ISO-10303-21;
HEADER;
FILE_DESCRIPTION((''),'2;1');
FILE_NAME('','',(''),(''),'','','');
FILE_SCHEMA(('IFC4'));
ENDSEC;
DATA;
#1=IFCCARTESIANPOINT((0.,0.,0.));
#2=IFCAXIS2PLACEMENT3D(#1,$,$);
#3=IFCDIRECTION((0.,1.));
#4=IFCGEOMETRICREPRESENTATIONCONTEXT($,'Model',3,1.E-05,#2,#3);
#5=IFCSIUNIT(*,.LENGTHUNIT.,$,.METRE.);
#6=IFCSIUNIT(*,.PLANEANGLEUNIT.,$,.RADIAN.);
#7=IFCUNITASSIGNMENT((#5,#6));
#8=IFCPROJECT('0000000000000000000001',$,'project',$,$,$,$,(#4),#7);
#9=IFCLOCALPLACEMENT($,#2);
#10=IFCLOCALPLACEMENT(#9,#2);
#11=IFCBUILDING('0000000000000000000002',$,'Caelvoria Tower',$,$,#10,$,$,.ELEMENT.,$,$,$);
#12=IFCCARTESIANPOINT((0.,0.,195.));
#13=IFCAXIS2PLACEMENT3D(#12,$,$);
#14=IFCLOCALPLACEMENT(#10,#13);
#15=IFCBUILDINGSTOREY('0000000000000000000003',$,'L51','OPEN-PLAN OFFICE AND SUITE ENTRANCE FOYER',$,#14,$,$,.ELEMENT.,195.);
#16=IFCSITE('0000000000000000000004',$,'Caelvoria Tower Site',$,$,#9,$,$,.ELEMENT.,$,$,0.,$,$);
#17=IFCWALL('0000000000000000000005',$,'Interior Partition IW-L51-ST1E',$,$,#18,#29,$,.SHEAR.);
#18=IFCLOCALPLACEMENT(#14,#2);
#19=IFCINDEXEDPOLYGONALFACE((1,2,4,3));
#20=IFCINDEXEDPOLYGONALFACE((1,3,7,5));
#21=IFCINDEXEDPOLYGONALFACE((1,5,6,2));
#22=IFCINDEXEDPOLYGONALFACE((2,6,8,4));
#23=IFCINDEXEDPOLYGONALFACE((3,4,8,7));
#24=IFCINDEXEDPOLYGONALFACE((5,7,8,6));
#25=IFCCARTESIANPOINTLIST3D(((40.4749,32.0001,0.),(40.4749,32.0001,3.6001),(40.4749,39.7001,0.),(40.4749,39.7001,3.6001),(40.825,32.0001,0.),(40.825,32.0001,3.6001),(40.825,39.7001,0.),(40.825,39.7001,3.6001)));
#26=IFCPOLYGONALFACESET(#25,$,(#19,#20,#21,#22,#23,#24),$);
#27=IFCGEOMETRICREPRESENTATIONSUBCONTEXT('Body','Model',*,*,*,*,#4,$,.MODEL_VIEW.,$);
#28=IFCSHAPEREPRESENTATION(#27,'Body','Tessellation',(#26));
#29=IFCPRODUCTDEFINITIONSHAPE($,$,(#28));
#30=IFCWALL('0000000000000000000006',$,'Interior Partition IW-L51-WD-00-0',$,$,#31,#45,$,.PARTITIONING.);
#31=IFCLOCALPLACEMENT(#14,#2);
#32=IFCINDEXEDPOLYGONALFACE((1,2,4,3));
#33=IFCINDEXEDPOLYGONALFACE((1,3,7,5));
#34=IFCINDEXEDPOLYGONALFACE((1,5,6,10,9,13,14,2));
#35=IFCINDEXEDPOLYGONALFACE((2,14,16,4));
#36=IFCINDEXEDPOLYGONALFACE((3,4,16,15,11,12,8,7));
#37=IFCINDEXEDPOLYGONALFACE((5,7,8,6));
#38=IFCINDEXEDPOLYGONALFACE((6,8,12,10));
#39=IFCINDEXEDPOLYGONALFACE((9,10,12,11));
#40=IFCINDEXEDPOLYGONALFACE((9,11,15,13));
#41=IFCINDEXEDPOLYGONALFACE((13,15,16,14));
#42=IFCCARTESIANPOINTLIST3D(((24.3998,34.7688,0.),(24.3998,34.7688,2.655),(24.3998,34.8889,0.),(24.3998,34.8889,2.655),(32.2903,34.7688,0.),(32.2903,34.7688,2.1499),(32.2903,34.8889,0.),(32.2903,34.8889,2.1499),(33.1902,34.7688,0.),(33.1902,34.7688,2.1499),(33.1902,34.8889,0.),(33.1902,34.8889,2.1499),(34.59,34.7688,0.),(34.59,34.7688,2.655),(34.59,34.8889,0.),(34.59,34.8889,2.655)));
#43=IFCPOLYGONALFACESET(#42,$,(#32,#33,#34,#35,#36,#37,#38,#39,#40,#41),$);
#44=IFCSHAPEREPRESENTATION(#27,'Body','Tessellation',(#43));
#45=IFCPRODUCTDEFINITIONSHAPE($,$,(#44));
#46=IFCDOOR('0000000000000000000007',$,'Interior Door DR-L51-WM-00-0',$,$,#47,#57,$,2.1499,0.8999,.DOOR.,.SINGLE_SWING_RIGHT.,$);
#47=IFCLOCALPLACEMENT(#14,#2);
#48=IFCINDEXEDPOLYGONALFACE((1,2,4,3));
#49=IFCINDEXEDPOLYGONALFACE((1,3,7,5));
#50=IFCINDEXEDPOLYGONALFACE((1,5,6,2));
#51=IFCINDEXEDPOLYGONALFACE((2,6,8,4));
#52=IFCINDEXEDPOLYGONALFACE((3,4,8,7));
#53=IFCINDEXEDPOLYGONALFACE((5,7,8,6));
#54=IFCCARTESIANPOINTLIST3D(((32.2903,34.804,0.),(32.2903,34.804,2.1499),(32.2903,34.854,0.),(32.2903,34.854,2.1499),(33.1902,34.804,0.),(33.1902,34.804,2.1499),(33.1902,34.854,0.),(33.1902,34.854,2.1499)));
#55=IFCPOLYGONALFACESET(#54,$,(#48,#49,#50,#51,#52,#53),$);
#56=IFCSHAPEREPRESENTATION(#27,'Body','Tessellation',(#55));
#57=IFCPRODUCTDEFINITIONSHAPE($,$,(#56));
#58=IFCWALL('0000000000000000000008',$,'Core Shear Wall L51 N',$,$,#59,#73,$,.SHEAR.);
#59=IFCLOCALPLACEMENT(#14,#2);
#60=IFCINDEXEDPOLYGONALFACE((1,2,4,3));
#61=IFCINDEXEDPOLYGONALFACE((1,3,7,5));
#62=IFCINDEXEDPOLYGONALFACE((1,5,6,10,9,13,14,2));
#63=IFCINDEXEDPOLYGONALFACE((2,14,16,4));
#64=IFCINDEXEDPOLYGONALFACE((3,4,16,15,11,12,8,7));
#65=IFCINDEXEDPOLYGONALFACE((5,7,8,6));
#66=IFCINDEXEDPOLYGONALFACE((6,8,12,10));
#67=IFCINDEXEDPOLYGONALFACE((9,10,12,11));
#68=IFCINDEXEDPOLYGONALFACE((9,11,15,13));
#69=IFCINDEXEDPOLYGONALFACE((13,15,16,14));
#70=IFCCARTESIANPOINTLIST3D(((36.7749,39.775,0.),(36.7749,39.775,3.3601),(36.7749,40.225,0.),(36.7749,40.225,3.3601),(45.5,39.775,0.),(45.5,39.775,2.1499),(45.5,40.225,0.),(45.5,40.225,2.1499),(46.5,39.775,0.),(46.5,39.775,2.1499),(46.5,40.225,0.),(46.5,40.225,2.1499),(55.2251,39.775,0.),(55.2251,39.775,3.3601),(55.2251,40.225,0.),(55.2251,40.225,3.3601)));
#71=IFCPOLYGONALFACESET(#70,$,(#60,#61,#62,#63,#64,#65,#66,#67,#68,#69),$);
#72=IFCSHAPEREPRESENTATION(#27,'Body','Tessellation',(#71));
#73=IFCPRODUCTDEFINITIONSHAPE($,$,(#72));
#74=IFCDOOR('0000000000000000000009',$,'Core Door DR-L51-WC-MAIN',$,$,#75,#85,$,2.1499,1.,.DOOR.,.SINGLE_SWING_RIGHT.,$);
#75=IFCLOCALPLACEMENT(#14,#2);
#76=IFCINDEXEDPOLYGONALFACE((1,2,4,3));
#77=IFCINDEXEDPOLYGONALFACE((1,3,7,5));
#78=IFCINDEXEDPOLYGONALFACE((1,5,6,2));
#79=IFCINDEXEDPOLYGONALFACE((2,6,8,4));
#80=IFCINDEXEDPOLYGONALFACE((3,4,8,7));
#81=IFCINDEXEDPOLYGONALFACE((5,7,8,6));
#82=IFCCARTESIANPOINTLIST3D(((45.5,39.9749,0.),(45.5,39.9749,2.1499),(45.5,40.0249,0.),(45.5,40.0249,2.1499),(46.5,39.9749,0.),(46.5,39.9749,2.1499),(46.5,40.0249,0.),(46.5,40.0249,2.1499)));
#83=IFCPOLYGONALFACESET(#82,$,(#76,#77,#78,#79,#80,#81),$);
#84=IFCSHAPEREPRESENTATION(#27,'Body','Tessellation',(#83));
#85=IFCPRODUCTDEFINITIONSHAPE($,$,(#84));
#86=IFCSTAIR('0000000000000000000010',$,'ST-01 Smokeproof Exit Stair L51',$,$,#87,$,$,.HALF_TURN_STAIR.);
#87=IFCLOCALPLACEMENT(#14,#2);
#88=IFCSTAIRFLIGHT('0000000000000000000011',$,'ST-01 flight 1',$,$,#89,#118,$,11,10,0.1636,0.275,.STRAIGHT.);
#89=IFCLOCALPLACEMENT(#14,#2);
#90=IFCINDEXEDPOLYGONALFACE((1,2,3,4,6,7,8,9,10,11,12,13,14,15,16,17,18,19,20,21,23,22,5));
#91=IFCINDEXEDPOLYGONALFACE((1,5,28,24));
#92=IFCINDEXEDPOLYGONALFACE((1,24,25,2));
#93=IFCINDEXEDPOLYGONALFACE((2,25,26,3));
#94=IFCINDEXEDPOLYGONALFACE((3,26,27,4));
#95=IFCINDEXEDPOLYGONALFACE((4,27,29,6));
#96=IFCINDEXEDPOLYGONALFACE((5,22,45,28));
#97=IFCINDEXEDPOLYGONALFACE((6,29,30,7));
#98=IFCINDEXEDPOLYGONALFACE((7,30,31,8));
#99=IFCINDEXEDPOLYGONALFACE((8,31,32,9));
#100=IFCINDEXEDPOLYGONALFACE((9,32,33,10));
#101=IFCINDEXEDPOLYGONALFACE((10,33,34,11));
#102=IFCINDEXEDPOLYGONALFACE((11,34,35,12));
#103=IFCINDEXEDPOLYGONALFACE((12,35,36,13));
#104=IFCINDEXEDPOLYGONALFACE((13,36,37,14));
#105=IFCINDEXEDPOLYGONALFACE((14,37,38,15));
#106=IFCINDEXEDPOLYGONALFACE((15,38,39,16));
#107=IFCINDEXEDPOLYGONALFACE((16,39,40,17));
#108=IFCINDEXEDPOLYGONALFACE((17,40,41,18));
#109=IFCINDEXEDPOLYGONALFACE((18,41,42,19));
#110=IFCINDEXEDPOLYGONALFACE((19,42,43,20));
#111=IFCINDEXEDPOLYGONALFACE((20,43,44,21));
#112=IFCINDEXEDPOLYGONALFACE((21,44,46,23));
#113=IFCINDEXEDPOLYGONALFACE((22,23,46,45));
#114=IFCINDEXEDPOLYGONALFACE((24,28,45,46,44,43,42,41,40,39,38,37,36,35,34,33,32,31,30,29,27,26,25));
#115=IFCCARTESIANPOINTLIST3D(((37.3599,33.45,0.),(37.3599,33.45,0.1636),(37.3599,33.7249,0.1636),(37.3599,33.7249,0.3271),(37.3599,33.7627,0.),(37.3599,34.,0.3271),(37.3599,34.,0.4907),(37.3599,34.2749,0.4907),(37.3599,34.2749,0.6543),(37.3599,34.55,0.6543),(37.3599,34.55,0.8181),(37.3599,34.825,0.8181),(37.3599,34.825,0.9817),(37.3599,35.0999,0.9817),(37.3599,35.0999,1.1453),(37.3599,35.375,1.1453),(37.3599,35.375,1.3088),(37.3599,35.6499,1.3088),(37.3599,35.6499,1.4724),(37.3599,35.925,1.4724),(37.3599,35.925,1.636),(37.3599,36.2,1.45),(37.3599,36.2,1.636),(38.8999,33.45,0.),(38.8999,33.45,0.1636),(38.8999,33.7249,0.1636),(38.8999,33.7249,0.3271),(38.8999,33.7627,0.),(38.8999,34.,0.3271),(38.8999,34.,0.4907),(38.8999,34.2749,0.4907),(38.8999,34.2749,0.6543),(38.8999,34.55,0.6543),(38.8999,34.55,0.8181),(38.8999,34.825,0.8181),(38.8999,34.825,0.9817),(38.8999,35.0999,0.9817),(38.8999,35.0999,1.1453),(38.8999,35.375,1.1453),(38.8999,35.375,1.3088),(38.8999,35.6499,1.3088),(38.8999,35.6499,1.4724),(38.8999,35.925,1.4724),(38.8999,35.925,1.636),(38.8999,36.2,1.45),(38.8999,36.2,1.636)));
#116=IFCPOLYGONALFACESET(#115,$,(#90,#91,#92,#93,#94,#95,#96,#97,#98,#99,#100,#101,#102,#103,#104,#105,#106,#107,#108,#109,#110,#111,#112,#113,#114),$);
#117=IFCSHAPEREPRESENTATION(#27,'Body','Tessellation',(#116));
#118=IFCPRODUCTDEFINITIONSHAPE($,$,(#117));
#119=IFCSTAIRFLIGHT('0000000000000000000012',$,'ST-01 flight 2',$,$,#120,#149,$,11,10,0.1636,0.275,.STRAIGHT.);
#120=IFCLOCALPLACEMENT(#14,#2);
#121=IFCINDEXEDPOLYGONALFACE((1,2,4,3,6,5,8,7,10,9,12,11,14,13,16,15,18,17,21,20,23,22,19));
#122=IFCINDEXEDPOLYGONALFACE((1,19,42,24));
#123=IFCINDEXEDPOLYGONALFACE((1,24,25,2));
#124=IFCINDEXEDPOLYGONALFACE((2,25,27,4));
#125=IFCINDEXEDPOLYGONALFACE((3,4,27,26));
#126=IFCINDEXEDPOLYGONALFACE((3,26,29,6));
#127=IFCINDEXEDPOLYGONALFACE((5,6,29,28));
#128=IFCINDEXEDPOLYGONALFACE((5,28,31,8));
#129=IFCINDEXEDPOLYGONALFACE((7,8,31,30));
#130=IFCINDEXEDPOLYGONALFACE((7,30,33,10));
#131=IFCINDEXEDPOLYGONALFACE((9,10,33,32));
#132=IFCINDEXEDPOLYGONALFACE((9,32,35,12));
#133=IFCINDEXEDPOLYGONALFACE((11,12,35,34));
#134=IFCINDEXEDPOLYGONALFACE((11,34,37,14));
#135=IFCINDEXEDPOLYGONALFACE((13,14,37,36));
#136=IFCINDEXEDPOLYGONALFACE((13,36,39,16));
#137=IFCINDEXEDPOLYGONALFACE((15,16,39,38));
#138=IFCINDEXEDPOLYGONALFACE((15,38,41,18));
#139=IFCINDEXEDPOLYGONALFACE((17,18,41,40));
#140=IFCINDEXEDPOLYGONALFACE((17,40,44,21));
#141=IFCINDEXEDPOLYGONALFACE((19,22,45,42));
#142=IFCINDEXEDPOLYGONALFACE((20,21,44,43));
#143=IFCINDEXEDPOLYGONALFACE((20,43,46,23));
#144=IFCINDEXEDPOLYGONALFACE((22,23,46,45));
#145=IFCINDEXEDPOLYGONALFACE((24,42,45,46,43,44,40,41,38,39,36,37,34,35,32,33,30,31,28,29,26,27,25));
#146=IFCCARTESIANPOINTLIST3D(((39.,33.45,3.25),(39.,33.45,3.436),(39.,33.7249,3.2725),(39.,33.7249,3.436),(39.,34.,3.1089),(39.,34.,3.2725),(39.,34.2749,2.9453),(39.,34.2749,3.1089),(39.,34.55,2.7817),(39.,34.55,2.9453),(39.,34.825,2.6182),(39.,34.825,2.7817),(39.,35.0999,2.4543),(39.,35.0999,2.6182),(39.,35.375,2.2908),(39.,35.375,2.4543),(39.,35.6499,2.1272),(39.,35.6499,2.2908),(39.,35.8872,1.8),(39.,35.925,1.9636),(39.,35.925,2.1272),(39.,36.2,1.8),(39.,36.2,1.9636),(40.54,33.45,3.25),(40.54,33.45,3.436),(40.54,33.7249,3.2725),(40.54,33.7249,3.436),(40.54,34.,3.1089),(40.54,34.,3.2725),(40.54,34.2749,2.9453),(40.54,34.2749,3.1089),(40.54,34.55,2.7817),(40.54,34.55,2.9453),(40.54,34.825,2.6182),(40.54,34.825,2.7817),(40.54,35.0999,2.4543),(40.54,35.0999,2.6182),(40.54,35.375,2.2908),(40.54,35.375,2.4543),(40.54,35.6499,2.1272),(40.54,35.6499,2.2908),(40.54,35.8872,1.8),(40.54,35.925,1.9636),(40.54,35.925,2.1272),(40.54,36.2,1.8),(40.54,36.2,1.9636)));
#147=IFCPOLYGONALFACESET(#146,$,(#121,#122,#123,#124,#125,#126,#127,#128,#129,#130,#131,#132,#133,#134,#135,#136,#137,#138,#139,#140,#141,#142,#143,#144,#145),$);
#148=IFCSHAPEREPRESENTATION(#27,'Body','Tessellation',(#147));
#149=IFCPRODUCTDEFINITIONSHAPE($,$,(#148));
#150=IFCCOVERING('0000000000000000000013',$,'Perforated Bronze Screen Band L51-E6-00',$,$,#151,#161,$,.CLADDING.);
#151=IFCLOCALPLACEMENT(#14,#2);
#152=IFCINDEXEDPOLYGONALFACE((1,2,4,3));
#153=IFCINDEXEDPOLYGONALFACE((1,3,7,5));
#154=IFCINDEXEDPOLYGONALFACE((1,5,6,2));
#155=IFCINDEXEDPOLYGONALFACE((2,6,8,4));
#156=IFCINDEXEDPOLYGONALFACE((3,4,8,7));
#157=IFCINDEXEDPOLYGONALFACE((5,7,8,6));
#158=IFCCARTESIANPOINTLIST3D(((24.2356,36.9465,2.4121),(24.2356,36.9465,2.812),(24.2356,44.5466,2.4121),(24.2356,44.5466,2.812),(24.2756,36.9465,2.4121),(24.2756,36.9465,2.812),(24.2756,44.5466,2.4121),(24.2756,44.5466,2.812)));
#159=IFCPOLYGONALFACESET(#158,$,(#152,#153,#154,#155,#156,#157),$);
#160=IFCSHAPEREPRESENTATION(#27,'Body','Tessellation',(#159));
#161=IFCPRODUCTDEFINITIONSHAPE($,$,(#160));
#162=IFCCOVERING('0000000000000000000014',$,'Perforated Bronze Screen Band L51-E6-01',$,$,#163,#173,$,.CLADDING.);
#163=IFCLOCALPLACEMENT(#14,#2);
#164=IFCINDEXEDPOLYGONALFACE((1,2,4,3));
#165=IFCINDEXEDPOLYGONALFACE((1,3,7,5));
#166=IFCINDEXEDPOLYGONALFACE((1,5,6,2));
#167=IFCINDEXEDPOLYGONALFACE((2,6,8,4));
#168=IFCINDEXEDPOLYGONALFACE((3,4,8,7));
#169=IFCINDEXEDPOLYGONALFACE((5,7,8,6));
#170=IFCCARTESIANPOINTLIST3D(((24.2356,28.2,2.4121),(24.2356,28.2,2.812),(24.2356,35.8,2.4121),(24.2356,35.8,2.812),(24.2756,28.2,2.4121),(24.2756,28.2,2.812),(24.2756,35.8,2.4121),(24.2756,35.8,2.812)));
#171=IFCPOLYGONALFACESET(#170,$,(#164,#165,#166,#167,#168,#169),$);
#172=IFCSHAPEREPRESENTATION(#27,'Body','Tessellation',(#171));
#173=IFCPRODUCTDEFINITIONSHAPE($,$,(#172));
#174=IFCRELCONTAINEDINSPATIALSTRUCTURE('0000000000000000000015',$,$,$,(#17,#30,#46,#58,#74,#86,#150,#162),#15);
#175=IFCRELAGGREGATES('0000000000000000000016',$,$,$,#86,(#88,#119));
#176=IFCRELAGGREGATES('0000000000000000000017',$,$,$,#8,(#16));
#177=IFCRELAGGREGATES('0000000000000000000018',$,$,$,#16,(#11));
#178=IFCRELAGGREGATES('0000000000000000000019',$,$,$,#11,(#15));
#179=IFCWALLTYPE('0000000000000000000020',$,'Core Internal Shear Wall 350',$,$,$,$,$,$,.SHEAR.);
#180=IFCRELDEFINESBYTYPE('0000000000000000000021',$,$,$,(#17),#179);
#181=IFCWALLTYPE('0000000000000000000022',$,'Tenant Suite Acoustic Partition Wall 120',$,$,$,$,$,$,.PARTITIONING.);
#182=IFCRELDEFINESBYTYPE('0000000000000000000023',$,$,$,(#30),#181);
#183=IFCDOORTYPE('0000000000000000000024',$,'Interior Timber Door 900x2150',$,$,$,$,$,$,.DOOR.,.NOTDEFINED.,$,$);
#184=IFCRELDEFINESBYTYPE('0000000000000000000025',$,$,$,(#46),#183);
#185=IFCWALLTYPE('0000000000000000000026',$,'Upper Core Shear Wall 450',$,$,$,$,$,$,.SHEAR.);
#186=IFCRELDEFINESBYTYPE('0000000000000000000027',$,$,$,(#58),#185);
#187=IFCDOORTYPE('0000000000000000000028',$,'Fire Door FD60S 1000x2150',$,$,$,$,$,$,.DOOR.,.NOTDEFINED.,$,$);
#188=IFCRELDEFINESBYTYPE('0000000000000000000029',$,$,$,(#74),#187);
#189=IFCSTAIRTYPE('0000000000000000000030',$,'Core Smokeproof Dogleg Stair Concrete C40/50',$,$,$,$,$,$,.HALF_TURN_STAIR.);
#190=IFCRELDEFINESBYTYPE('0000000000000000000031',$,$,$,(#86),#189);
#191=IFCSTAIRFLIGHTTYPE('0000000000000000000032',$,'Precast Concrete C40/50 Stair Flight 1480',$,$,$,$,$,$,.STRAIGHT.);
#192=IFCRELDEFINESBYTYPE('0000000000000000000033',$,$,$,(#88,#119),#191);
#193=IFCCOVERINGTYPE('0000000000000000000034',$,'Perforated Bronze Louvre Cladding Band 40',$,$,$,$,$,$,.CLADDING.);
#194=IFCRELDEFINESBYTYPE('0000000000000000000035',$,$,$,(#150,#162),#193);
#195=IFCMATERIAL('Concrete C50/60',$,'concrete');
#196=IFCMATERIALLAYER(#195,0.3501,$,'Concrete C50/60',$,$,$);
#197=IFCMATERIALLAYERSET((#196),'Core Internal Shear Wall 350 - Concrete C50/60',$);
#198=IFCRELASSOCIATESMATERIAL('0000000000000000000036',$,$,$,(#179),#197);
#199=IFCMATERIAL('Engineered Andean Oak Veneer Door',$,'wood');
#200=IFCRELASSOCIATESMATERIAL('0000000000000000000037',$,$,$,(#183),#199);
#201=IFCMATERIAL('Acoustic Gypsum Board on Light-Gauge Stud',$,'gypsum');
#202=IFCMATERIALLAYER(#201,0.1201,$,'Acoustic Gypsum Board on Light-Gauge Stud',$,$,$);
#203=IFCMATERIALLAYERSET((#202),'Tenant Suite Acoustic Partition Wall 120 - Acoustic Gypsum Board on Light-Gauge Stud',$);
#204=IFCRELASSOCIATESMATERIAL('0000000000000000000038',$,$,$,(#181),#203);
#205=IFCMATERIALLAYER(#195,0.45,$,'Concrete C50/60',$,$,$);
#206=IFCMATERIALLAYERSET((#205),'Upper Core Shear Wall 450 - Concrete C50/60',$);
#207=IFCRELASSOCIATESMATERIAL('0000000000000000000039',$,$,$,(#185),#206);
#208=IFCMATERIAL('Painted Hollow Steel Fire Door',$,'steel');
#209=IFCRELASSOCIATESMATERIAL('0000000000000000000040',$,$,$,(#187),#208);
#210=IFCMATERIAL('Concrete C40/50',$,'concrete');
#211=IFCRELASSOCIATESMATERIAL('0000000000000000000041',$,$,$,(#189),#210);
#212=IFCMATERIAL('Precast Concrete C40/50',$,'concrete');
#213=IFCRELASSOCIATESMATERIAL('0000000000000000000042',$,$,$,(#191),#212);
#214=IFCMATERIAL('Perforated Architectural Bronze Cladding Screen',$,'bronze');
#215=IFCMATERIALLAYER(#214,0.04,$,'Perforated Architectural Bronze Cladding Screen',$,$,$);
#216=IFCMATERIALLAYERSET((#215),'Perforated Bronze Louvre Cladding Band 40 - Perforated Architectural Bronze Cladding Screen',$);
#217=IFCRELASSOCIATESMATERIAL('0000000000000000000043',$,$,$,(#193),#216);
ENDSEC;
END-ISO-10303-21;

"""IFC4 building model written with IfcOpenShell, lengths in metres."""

from ifc_helpers import new_model, si_unit, direction, frame, frame_2d, origin, origin_2d, place, context, subcontext, project, spatial, polyline, rectangle, outline, extrude, material, layer, layer_set, type_object, element, fill, aggregate, save


model = new_model("IFC4")

# Units and contexts
model_context = context("Model", 3, precision=1e-05, world=origin(), true_north=direction((0.0, 1.0)))
body_context = subcontext(model_context, "Body", "Model", "MODEL_VIEW")
ifc_project = project(units=[si_unit("LENGTHUNIT", "METRE"), si_unit("PLANEANGLEUNIT", "RADIAN")], contexts=[model_context])

# Site, building, storey
site_placement = place(None, origin())
site = spatial("IfcSite", under=ifc_project, at=site_placement, Name="Caelvoria Tower Site", CompositionType="ELEMENT", RefElevation=0.0)
building_placement = place(site_placement, origin())
building = spatial("IfcBuilding", under=site, at=building_placement, Name="Caelvoria Tower", CompositionType="ELEMENT")
storey_placement = place(building_placement, frame((0.0, 0.0, 195.0)))
storey = spatial("IfcBuildingStorey", under=building, at=storey_placement, Name="L51", Description="OPEN-PLAN OFFICE AND SUITE ENTRANCE FOYER", CompositionType="ELEMENT", Elevation=195.0)

# Wall
ifc_material_1 = material(Name="Concrete C50/60", Category="concrete")
ifc_layer_1 = layer(ifc_material_1, 0.3501, Name="Concrete C50/60")
ifc_layer_set_1 = layer_set([ifc_layer_1], Name="Core Internal Shear Wall 350 - Concrete C50/60")
wall_type_1 = type_object("IfcWallType", Name="Core Internal Shear Wall 350", PredefinedType="SHEAR", material=ifc_layer_set_1)
wall_1_placement = place(storey_placement, frame((40.6499, 32.0, 0.0), z_axis=(0.0, 0.0, 1.0), x_axis=(0.0, 1.0, 0.0)))
element("IfcWall", 1, at=wall_1_placement, inside=storey, type_object=wall_type_1, Name="Interior Partition IW-L51-ST1E", PredefinedType="SHEAR", context=body_context, shape_type="SweptSolid", body=[
    extrude(rectangle(XDim=7.7, YDim=0.3501, at=frame_2d((3.8501, 0.0))), origin(), (0.0, 0.0, 1.0), 3.6001),
])

# Shared definitions
ifc_material_2 = material(Name="Engineered Andean Oak Veneer Door", Category="wood")
door_type_1 = type_object("IfcDoorType", Name="Interior Timber Door 900x2150", OperationType="NOTDEFINED", PredefinedType="DOOR", material=ifc_material_2)

# Walls, openings, doors
ifc_material_3 = material(Name="Acoustic Gypsum Board on Light-Gauge Stud", Category="gypsum")
ifc_layer_2 = layer(ifc_material_3, 0.1201, Name="Acoustic Gypsum Board on Light-Gauge Stud")
ifc_layer_set_2 = layer_set([ifc_layer_2], Name="Tenant Suite Acoustic Partition Wall 120 - Acoustic Gypsum Board on Light-Gauge Stud")
wall_type_2 = type_object("IfcWallType", Name="Tenant Suite Acoustic Partition Wall 120", PredefinedType="PARTITIONING", material=ifc_layer_set_2)
wall_2_placement = place(storey_placement, frame((34.5901, 34.8289, 0.0), z_axis=(0.0, 0.0, 1.0), x_axis=(-1.0, 0.0, 0.0)))
wall_2 = element("IfcWall", 2, at=wall_2_placement, inside=storey, type_object=wall_type_2, Name="Interior Partition IW-L51-WD-00-0", PredefinedType="PARTITIONING", context=body_context, shape_type="SweptSolid", body=[
    extrude(rectangle(XDim=10.1902, YDim=0.1201, at=frame_2d((5.0952, 0.0))), origin(), (0.0, 0.0, 1.0), 2.655),
])
opening_1_placement = place(wall_2_placement, frame((1.3999, 0.0, 0.0)))
opening_1 = element("IfcOpeningElement", 3, at=opening_1_placement, cuts=wall_2, PredefinedType="OPENING", context=body_context, shape_type="SweptSolid", body=[
    extrude(rectangle(XDim=0.8999, YDim=2.1499, at=frame_2d((0.45, 1.075))), frame((0.0, 0.0701, 0.0), z_axis=(0.0, -1.0, 0.0), x_axis=(1.0, 0.0, 0.0)), (0.0, 0.0, 1.0), 0.1401),
])
door_1_placement = place(opening_1_placement, origin())
door_1 = element("IfcDoor", 4, at=door_1_placement, inside=storey, type_object=door_type_1, Name="Interior Door DR-L51-WM-00-0", OperationType="SINGLE_SWING_RIGHT", OverallHeight=2.1499, OverallWidth=0.8999, PredefinedType="DOOR", context=body_context, shape_type="SweptSolid", body=[
    extrude(rectangle(XDim=0.8999, YDim=2.1499, at=frame_2d((0.45, 1.075))), frame((0.0, 0.0249, 0.0), z_axis=(0.0, -1.0, 0.0), x_axis=(1.0, 0.0, 0.0)), (0.0, 0.0, 1.0), 0.05),
])
fill(opening_1, door_1)
ifc_layer_3 = layer(ifc_material_1, 0.45, Name="Concrete C50/60")
ifc_layer_set_3 = layer_set([ifc_layer_3], Name="Upper Core Shear Wall 450 - Concrete C50/60")
wall_type_3 = type_object("IfcWallType", Name="Upper Core Shear Wall 450", PredefinedType="SHEAR", material=ifc_layer_set_3)
wall_3_placement = place(storey_placement, frame((36.7749, 40.0, 0.0), z_axis=(0.0, 0.0, 1.0), x_axis=(1.0, 0.0, 0.0)))
wall_3 = element("IfcWall", 5, at=wall_3_placement, inside=storey, type_object=wall_type_3, Name="Core Shear Wall L51 N", PredefinedType="SHEAR", context=body_context, shape_type="SweptSolid", body=[
    extrude(rectangle(XDim=18.4502, YDim=0.45, at=frame_2d((9.2251, 0.0))), origin(), (0.0, 0.0, 1.0), 3.3601),
])
opening_2_placement = place(wall_3_placement, frame((8.7251, 0.0, 0.0)))
opening_2 = element("IfcOpeningElement", 6, at=opening_2_placement, cuts=wall_3, PredefinedType="OPENING", context=body_context, shape_type="SweptSolid", body=[
    extrude(rectangle(XDim=1.0, YDim=2.1499, at=frame_2d((0.5, 1.075))), frame((0.0, 0.2349, 0.0), z_axis=(0.0, -1.0, 0.0), x_axis=(1.0, 0.0, 0.0)), (0.0, 0.0, 1.0), 0.47),
])
ifc_material_4 = material(Name="Painted Hollow Steel Fire Door", Category="steel")
door_type_2 = type_object("IfcDoorType", Name="Fire Door FD60S 1000x2150", OperationType="NOTDEFINED", PredefinedType="DOOR", material=ifc_material_4)
door_2_placement = place(opening_2_placement, origin())
door_2 = element("IfcDoor", 7, at=door_2_placement, inside=storey, type_object=door_type_2, Name="Core Door DR-L51-WC-MAIN", OperationType="SINGLE_SWING_RIGHT", OverallHeight=2.1499, OverallWidth=1.0, PredefinedType="DOOR", context=body_context, shape_type="SweptSolid", body=[
    extrude(rectangle(XDim=1.0, YDim=2.1499, at=frame_2d((0.5, 1.075))), frame((0.0, 0.0249, 0.0), z_axis=(0.0, -1.0, 0.0), x_axis=(1.0, 0.0, 0.0)), (0.0, 0.0, 1.0), 0.05),
])
fill(opening_2, door_2)

# Stair, stair flights
ifc_material_5 = material(Name="Concrete C40/50", Category="concrete")
stair_type = type_object("IfcStairType", Name="Core Smokeproof Dogleg Stair Concrete C40/50", PredefinedType="HALF_TURN_STAIR", material=ifc_material_5)
stair_placement = place(storey_placement, origin())
stair = element("IfcStair", 8, at=stair_placement, inside=storey, type_object=stair_type, Name="ST-01 Smokeproof Exit Stair L51", PredefinedType="HALF_TURN_STAIR")
ifc_material_6 = material(Name="Precast Concrete C40/50", Category="concrete")
stair_flight_type = type_object("IfcStairFlightType", Name="Precast Concrete C40/50 Stair Flight 1480", PredefinedType="STRAIGHT", material=ifc_material_6)
stair_flight_1_placement = place(storey_placement, frame((38.1299, 33.45, 0.0), z_axis=(0.0, 0.0, 1.0), x_axis=(0.0, 1.0, 0.0)))
stair_flight_1 = element("IfcStairFlight", 9, at=stair_flight_1_placement, type_object=stair_flight_type, Name="ST-01 flight 1", NumberOfRisers=11, NumberOfTreads=10, PredefinedType="STRAIGHT", RiserHeight=0.1636, TreadLength=0.275, context=body_context, shape_type="SweptSolid", body=[
    extrude(outline(polyline([(0.0, 0.0), (0.0, 0.1636), (0.2749, 0.1636), (0.2749, 0.3271), (0.55, 0.3271), (0.55, 0.4907), (0.825, 0.4907), (0.825, 0.6543), (1.1001, 0.6543), (1.1001, 0.8181), (1.375, 0.8181), (1.375, 0.9817), (1.6499, 0.9817), (1.6499, 1.1453), (1.925, 1.1453), (1.925, 1.3088), (2.2, 1.3088), (2.2, 1.4724), (2.4751, 1.4724), (2.4751, 1.636), (2.75, 1.636), (2.75, 1.7996), (2.75, 1.45), (0.3127, 0.0), (0.0, 0.0)])), frame((0.0, 0.77, 0.0), z_axis=(0.0, -1.0, 0.0), x_axis=(1.0, 0.0, 0.0)), (0.0, 0.0, 1.0), 1.54),
])
stair_flight_2_placement = place(storey_placement, frame((39.77, 36.2, 1.8), z_axis=(0.0, 0.0, 1.0), x_axis=(0.0, -1.0, 0.0)))
stair_flight_2 = element("IfcStairFlight", 10, at=stair_flight_2_placement, type_object=stair_flight_type, Name="ST-01 flight 2", NumberOfRisers=11, NumberOfTreads=10, PredefinedType="STRAIGHT", RiserHeight=0.1636, TreadLength=0.275, context=body_context, shape_type="SweptSolid", body=[
    extrude(outline(polyline([(0.0, 0.0), (0.0, 0.1636), (0.2749, 0.1636), (0.2749, 0.3271), (0.55, 0.3271), (0.55, 0.4907), (0.825, 0.4907), (0.825, 0.6543), (1.1001, 0.6543), (1.1001, 0.8181), (1.375, 0.8181), (1.375, 0.9817), (1.6499, 0.9817), (1.6499, 1.1453), (1.925, 1.1453), (1.925, 1.3088), (2.2, 1.3088), (2.2, 1.4724), (2.4751, 1.4724), (2.4751, 1.636), (2.75, 1.636), (2.75, 1.7996), (2.75, 1.45), (0.3127, 0.0), (0.0, 0.0)])), frame((0.0, 0.77, 0.0), z_axis=(0.0, -1.0, 0.0), x_axis=(1.0, 0.0, 0.0)), (0.0, 0.0, 1.0), 1.54),
])
aggregate(stair, [stair_flight_1, stair_flight_2])

# Coverings
ifc_material_7 = material(Name="Perforated Architectural Bronze Cladding Screen", Category="bronze")
ifc_layer_4 = layer(ifc_material_7, 0.04, Name="Perforated Architectural Bronze Cladding Screen")
ifc_layer_set_4 = layer_set([ifc_layer_4], Name="Perforated Bronze Louvre Cladding Band 40 - Perforated Architectural Bronze Cladding Screen")
covering_type = type_object("IfcCoveringType", Name="Perforated Bronze Louvre Cladding Band 40", PredefinedType="CLADDING", material=ifc_layer_set_4)
for number, where, z_axis, x_axis, name in (
    (11, (24.2556, 40.7466, 2.4121), (0.0, 0.0, 1.0), (0.0, -1.0, 0.0), "Perforated Bronze Screen Band L51-E6-00"),
    (12, (24.2556, 32.0, 2.4121), (0.0, 0.0, 1.0), (0.0, -1.0, 0.0), "Perforated Bronze Screen Band L51-E6-01"),
):
    element("IfcCovering", number, at=place(storey_placement, frame(where, z_axis=z_axis, x_axis=x_axis)), inside=storey, type_object=covering_type, Name=name, PredefinedType="CLADDING", context=body_context, shape_type="SweptSolid", body=[
        extrude(rectangle(XDim=7.6001, YDim=0.04, at=origin_2d()), origin(), (0.0, 0.0, 1.0), 0.3999),
    ])

save(model, "model.ifc")
